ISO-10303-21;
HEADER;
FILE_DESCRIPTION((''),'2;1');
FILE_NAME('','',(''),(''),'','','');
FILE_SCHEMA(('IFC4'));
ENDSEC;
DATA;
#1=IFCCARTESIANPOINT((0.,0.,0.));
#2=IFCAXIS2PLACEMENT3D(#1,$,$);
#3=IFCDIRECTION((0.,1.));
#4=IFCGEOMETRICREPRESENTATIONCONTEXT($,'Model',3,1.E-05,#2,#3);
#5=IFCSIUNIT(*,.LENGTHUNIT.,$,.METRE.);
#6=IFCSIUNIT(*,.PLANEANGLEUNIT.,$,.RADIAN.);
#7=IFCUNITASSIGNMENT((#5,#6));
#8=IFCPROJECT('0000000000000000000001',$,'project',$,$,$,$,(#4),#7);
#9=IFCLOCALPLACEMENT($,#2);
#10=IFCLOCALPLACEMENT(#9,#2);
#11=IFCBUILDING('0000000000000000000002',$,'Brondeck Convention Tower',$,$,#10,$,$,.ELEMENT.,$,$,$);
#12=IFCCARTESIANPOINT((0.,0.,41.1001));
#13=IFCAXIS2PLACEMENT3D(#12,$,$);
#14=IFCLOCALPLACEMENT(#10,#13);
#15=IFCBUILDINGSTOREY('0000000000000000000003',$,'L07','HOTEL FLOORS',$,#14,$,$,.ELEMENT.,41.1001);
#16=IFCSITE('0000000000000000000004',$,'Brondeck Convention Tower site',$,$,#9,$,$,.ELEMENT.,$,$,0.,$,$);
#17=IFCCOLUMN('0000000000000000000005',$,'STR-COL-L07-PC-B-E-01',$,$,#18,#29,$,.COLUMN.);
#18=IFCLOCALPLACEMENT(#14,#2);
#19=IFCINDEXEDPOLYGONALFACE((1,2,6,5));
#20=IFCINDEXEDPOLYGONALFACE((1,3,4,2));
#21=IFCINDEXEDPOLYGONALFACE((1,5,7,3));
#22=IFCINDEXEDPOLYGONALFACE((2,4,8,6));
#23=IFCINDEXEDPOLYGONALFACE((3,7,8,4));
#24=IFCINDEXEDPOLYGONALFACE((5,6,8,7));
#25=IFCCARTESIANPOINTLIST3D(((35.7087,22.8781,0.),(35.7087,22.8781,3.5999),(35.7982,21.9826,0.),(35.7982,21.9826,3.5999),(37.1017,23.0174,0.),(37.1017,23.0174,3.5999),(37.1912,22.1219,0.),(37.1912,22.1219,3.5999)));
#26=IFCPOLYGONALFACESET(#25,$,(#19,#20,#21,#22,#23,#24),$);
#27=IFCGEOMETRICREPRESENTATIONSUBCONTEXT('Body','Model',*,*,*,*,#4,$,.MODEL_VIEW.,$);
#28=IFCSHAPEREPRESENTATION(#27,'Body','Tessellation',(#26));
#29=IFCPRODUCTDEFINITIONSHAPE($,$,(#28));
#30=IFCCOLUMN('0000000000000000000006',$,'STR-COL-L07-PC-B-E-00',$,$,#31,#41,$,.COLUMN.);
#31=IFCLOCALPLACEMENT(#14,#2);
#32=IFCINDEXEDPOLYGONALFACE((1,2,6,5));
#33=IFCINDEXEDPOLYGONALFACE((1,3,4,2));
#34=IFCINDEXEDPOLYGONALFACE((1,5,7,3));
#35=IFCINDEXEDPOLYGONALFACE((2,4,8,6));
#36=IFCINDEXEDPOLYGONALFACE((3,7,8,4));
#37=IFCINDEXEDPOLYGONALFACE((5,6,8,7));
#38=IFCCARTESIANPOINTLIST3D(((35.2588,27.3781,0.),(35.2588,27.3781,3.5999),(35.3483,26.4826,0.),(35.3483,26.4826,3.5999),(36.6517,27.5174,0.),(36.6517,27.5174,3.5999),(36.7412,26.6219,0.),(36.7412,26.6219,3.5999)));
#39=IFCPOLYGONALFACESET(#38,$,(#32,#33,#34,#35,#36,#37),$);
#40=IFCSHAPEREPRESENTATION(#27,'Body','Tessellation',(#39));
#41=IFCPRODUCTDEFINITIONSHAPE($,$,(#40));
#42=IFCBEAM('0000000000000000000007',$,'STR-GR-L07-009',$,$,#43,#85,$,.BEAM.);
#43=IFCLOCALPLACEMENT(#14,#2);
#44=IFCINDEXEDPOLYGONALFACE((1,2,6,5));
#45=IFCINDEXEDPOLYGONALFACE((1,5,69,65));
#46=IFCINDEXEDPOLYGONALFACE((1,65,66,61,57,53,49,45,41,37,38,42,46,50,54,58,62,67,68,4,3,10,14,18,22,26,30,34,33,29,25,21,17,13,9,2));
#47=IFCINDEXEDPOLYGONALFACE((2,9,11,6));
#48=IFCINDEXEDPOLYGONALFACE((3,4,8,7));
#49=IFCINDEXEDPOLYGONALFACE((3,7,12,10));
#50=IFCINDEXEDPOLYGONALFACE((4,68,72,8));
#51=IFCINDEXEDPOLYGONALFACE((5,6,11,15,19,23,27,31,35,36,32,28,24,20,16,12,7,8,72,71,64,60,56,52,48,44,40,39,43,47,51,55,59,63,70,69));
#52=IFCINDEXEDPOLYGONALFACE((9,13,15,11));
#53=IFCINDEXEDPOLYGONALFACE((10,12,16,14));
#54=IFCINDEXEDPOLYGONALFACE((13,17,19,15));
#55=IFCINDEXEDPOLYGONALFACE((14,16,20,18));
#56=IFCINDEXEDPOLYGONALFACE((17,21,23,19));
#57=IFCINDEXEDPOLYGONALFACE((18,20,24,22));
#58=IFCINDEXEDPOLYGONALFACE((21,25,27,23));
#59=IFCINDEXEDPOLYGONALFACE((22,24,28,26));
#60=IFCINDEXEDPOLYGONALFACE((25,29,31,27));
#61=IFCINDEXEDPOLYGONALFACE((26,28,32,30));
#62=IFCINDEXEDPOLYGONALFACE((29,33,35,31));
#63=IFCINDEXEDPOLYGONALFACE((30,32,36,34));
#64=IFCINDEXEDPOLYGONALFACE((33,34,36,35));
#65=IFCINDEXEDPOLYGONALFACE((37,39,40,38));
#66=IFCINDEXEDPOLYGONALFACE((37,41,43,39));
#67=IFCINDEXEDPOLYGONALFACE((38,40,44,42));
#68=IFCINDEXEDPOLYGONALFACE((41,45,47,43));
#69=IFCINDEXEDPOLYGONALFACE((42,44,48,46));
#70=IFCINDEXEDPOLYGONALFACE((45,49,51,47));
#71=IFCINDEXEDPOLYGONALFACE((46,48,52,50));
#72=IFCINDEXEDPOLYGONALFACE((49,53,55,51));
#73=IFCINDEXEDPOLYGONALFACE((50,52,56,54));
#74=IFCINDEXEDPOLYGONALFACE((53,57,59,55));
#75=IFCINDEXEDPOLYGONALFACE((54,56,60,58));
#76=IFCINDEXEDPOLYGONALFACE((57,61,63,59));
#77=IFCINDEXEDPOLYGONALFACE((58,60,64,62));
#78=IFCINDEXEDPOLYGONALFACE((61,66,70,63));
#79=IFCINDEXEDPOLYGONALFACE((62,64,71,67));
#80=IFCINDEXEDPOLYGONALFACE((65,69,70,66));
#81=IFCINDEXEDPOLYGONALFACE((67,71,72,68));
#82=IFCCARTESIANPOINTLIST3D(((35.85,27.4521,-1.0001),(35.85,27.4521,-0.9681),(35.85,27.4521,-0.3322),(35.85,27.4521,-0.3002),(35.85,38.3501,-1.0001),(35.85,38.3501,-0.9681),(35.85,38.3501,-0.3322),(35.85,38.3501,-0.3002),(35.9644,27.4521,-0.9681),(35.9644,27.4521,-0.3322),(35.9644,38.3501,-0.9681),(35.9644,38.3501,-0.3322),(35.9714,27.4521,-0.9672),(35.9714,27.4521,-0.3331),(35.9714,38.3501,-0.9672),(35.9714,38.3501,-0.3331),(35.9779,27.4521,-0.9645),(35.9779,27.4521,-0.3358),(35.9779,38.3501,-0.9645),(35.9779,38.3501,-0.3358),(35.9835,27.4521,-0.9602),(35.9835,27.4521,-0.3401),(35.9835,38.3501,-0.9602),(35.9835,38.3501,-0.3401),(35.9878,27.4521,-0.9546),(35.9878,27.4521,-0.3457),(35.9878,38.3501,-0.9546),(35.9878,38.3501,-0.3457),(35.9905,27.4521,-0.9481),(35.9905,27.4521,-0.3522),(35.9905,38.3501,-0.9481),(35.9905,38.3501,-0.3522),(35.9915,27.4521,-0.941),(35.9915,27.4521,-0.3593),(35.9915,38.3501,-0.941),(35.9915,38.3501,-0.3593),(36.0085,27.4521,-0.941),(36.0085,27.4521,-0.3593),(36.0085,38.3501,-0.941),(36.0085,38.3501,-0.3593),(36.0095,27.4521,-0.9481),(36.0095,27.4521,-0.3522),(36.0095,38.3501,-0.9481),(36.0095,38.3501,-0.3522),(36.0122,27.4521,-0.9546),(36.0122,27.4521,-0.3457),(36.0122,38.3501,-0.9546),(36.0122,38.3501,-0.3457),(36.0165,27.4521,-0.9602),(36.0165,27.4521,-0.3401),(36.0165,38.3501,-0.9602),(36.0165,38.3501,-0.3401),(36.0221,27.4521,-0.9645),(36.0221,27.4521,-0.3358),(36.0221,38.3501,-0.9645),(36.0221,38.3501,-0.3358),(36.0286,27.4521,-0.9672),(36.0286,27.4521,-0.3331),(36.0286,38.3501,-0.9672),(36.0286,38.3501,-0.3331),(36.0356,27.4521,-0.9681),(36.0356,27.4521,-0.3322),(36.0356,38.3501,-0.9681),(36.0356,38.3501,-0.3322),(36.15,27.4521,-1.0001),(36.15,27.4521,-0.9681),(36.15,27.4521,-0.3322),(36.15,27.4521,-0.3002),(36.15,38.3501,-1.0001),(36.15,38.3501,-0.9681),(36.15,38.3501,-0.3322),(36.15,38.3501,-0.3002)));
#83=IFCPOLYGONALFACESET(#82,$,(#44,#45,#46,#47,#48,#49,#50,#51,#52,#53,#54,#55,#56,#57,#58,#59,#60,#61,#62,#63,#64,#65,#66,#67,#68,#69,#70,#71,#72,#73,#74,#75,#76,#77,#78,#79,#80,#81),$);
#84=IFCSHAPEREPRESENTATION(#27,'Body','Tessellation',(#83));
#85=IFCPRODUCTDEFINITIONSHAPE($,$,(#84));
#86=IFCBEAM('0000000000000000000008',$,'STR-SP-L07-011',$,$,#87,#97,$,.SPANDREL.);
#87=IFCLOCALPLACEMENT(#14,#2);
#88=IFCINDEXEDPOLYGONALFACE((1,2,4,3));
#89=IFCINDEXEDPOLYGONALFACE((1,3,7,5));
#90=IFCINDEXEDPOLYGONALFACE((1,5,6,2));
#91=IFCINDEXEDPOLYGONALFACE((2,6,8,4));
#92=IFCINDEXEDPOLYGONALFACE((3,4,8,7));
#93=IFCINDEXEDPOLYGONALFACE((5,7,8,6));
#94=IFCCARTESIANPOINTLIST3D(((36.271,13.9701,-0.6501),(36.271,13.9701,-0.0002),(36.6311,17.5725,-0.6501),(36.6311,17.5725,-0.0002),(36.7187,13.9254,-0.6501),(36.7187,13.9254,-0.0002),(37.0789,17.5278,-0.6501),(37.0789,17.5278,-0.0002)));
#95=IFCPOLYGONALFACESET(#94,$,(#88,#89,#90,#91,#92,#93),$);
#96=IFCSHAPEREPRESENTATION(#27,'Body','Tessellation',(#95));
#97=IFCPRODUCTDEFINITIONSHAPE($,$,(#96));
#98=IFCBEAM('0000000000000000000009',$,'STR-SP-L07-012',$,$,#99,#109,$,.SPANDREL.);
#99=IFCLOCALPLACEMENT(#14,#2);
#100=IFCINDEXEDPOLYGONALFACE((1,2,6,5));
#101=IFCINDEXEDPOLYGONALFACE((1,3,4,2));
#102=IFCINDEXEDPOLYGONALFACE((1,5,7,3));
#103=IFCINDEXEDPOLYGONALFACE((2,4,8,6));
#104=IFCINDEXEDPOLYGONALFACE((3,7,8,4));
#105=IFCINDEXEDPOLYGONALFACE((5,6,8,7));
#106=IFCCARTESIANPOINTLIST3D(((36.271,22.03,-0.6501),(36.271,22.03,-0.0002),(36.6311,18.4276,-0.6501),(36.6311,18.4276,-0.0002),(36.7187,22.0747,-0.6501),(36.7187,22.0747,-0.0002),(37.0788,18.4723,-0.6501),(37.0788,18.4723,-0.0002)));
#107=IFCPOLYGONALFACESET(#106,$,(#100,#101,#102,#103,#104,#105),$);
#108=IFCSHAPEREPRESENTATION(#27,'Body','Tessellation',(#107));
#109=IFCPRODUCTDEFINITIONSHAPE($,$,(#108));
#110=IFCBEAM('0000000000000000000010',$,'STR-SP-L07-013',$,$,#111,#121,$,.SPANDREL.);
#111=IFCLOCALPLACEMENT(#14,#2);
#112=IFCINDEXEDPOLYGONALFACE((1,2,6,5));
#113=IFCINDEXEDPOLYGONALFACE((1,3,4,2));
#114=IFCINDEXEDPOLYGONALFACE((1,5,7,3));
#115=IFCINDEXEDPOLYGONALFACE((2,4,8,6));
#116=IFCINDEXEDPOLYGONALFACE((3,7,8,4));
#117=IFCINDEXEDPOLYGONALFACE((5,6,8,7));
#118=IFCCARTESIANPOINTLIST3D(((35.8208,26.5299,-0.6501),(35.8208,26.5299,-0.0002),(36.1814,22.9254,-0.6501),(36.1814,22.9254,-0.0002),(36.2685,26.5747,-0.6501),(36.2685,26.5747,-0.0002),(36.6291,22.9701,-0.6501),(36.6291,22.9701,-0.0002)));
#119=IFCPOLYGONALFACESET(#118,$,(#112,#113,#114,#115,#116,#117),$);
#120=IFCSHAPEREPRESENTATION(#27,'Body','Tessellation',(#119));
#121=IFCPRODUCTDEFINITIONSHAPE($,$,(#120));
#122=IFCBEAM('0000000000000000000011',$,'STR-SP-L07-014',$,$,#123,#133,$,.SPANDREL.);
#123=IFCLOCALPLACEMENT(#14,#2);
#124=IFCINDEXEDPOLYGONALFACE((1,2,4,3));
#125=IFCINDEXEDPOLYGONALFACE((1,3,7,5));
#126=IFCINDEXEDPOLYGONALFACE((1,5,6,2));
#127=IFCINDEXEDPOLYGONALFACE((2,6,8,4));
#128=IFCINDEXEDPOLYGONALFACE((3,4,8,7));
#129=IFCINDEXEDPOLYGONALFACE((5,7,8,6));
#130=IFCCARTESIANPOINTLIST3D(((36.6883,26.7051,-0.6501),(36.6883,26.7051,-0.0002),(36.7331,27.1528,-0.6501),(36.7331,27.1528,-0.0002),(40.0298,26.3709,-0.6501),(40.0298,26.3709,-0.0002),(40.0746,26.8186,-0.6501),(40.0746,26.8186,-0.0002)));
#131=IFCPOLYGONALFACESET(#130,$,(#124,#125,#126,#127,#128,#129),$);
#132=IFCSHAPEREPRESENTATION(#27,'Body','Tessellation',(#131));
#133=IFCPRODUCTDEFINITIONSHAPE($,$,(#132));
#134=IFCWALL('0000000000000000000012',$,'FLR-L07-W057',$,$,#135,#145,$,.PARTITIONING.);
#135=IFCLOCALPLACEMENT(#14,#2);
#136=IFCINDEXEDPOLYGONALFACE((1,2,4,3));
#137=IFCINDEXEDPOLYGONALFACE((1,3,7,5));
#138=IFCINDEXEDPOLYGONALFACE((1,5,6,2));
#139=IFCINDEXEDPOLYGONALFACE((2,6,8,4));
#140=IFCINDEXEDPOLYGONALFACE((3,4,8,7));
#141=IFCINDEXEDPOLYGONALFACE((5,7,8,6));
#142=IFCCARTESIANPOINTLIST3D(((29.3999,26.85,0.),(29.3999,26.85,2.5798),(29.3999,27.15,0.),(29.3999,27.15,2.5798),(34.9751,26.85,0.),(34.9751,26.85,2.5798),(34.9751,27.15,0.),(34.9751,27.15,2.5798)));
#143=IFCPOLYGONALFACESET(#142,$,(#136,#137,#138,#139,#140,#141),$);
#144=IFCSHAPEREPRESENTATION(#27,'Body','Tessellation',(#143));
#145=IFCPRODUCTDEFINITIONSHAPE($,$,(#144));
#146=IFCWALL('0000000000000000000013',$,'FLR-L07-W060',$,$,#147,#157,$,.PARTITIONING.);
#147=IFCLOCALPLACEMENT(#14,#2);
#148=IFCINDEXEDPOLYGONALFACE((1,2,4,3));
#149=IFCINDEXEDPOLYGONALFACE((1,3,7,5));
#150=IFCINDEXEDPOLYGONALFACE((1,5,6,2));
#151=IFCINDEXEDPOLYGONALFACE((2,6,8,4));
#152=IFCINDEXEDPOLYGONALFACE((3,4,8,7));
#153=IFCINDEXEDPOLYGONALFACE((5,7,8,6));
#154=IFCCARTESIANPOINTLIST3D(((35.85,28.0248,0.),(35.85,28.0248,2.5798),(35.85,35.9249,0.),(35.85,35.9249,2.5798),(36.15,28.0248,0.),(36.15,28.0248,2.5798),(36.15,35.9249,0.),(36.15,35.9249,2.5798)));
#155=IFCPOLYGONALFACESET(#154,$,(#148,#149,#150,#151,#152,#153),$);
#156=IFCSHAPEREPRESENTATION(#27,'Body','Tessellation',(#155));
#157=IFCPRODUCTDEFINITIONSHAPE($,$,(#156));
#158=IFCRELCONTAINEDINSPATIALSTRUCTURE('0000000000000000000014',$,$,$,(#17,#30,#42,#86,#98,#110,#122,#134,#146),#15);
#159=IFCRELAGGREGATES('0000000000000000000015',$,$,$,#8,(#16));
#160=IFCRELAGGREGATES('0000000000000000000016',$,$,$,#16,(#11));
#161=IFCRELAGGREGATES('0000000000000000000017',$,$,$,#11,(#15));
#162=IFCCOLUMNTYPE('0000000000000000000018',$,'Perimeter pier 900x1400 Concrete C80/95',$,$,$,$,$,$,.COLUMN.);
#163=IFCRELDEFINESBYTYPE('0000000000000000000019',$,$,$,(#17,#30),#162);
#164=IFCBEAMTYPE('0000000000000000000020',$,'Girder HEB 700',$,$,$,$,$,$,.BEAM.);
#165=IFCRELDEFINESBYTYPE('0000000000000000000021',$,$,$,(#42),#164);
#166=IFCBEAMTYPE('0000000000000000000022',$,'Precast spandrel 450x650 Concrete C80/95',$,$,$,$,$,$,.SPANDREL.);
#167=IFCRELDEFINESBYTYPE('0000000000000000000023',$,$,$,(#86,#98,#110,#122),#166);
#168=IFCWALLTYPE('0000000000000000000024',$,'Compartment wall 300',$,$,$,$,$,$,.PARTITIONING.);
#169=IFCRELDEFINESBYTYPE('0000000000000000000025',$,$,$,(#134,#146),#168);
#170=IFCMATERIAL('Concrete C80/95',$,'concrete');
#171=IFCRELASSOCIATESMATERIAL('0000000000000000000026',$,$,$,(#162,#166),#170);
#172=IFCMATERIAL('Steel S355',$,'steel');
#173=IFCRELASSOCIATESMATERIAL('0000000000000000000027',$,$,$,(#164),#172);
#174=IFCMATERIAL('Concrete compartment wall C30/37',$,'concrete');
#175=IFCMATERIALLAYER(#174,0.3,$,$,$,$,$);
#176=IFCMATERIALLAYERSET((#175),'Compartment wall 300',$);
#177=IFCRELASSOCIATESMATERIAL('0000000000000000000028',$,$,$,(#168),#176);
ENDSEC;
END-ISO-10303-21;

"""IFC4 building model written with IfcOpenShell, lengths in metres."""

from ifc_helpers import new_model, si_unit, direction, frame, frame_2d, origin, origin_2d, place, context, subcontext, project, spatial, rectangle, i_section, extrude, material, layer, layer_set, material_profile, profile_set, type_object, element, save


model = new_model("IFC4")

# Units and contexts
model_context = context("Model", 3, precision=1e-05, world=origin(), true_north=direction((0.0, 1.0)))
body_context = subcontext(model_context, "Body", "Model", "MODEL_VIEW")
ifc_project = project(units=[si_unit("LENGTHUNIT", "METRE"), si_unit("PLANEANGLEUNIT", "RADIAN")], contexts=[model_context])

# Site, building, storey
site_placement = place(None, origin())
site = spatial("IfcSite", under=ifc_project, at=site_placement, Name="Brondeck Convention Tower site", CompositionType="ELEMENT", RefElevation=0.0)
building_placement = place(site_placement, origin())
building = spatial("IfcBuilding", under=site, at=building_placement, Name="Brondeck Convention Tower", CompositionType="ELEMENT")
storey_placement = place(building_placement, frame((0.0, 0.0, 41.1001)))
storey = spatial("IfcBuildingStorey", under=building, at=storey_placement, Name="L07", Description="HOTEL FLOORS", CompositionType="ELEMENT", Elevation=41.1001)

# Columns
ifc_material_1 = material(Name="Concrete C80/95", Category="concrete")
ifc_material_profile_1 = material_profile(ifc_material_1, rectangle(XDim=0.8999, YDim=1.3999, at=origin_2d()), Name="Perimeter pier 900x1400 Concrete C80/95")
ifc_profile_set_1 = profile_set([ifc_material_profile_1], Name="Concrete C80/95")
column_type = type_object("IfcColumnType", Name="Perimeter pier 900x1400 Concrete C80/95", PredefinedType="COLUMN", material=ifc_profile_set_1)
for number, where, z_axis, x_axis, name in (
    (1, (36.45, 22.5, 0.0), (0.0, 0.0, 1.0), (-0.099504, 0.995037, 0.0), "STR-COL-L07-PC-B-E-01"),
    (2, (36.0, 27.0, 0.0), (0.0, 0.0, 1.0), (-0.099504, 0.995037, 0.0), "STR-COL-L07-PC-B-E-00"),
):
    element("IfcColumn", number, at=place(storey_placement, frame(where, z_axis=z_axis, x_axis=x_axis)), inside=storey, type_object=column_type, Name=name, PredefinedType="COLUMN", context=body_context, shape_type="SweptSolid", body=[
        extrude(rectangle(XDim=0.8999, YDim=1.3999, at=origin_2d()), origin(), (0.0, 0.0, 1.0), 3.5999),
    ])

# Beams
ifc_material_2 = material(Name="Steel S355", Category="steel")
ifc_material_profile_2 = material_profile(ifc_material_2, i_section(OverallWidth=0.3, OverallDepth=0.7, WebThickness=0.0171, FlangeThickness=0.032, FilletRadius=0.0271, at=origin_2d()), Name="HEB 700")
ifc_profile_set_2 = profile_set([ifc_material_profile_2], Name="Steel S355")
beam_type_1 = type_object("IfcBeamType", Name="Girder HEB 700", PredefinedType="BEAM", material=ifc_profile_set_2)
beam_1_placement = place(storey_placement, frame((36.0, 27.4521, -0.6501), z_axis=(0.0, 1.0, 0.0), x_axis=(-1.0, 0.0, 0.0)))
element("IfcBeam", 3, at=beam_1_placement, inside=storey, type_object=beam_type_1, Name="STR-GR-L07-009", PredefinedType="BEAM", context=body_context, shape_type="SweptSolid", body=[
    extrude(i_section(OverallWidth=0.3, OverallDepth=0.7, WebThickness=0.0171, FlangeThickness=0.032, FilletRadius=0.0271, at=origin_2d()), origin(), (0.0, 0.0, 1.0), 10.8979),
])
ifc_material_profile_3 = material_profile(ifc_material_1, rectangle(XDim=0.45, YDim=0.6499, at=origin_2d()), Name="Precast spandrel 450x650 Concrete C80/95")
ifc_profile_set_3 = profile_set([ifc_material_profile_3], Name="Concrete C80/95")
beam_type_2 = type_object("IfcBeamType", Name="Precast spandrel 450x650 Concrete C80/95", PredefinedType="SPANDREL", material=ifc_profile_set_3)
for number, where, z_axis, x_axis, name in (
    (4, (36.4949, 13.9478, -0.3252), (0.09947, 0.995041, 0.0), (-0.995041, 0.09947, 0.0), "STR-SP-L07-011"),
    (5, (36.855, 18.45, -0.3252), (-0.09947, 0.995041, 0.0), (-0.995041, -0.09947, 0.0), "STR-SP-L07-012"),
):
    element("IfcBeam", number, at=place(storey_placement, frame(where, z_axis=z_axis, x_axis=x_axis)), inside=storey, type_object=beam_type_2, Name=name, PredefinedType="SPANDREL", context=body_context, shape_type="SweptSolid", body=[
        extrude(rectangle(XDim=0.45, YDim=0.6499, at=origin_2d()), origin(), (0.0, 0.0, 1.0), 3.6204),
    ])
beam_2_placement = place(storey_placement, frame((36.4053, 22.9478, -0.3252), z_axis=(-0.099544, 0.995033, 0.0), x_axis=(-0.995033, -0.099544, 0.0)))
element("IfcBeam", 6, at=beam_2_placement, inside=storey, type_object=beam_type_2, Name="STR-SP-L07-013", PredefinedType="SPANDREL", context=body_context, shape_type="SweptSolid", body=[
    extrude(rectangle(XDim=0.45, YDim=0.6499, at=origin_2d()), origin(), (0.0, 0.0, 1.0), 3.6226),
])
beam_3_placement = place(storey_placement, frame((36.7107, 26.929, -0.3252), z_axis=(0.995035, -0.099525, 0.0), x_axis=(0.099525, 0.995035, 0.0)))
element("IfcBeam", 7, at=beam_3_placement, inside=storey, type_object=beam_type_2, Name="STR-SP-L07-014", PredefinedType="SPANDREL", context=body_context, shape_type="SweptSolid", body=[
    extrude(rectangle(XDim=0.45, YDim=0.6499, at=origin_2d()), origin(), (0.0, 0.0, 1.0), 3.3582),
])

# Walls
ifc_material_3 = material(Name="Concrete compartment wall C30/37", Category="concrete")
ifc_layer_1 = layer(ifc_material_3, 0.3)
ifc_layer_set_1 = layer_set([ifc_layer_1], Name="Compartment wall 300")
wall_type_1 = type_object("IfcWallType", Name="Compartment wall 300", PredefinedType="PARTITIONING", material=ifc_layer_set_1)
wall_1_placement = place(storey_placement, frame((34.9751, 27.0, 0.0), z_axis=(0.0, 0.0, 1.0), x_axis=(-1.0, 0.0, 0.0)))
element("IfcWall", 8, at=wall_1_placement, inside=storey, type_object=wall_type_1, Name="FLR-L07-W057", PredefinedType="PARTITIONING", context=body_context, shape_type="SweptSolid", body=[
    extrude(rectangle(XDim=5.5752, YDim=0.3, at=frame_2d((2.7876, 0.0))), origin(), (0.0, 0.0, 1.0), 2.5798),
])
wall_2_placement = place(storey_placement, frame((36.0, 35.925, 0.0), z_axis=(0.0, 0.0, 1.0), x_axis=(0.0, -1.0, 0.0)))
element("IfcWall", 9, at=wall_2_placement, inside=storey, type_object=wall_type_1, Name="FLR-L07-W060", PredefinedType="PARTITIONING", context=body_context, shape_type="SweptSolid", body=[
    extrude(rectangle(XDim=7.9001, YDim=0.3, at=frame_2d((3.9502, 0.0))), origin(), (0.0, 0.0, 1.0), 2.5798),
])

save(model, "model.ifc")
